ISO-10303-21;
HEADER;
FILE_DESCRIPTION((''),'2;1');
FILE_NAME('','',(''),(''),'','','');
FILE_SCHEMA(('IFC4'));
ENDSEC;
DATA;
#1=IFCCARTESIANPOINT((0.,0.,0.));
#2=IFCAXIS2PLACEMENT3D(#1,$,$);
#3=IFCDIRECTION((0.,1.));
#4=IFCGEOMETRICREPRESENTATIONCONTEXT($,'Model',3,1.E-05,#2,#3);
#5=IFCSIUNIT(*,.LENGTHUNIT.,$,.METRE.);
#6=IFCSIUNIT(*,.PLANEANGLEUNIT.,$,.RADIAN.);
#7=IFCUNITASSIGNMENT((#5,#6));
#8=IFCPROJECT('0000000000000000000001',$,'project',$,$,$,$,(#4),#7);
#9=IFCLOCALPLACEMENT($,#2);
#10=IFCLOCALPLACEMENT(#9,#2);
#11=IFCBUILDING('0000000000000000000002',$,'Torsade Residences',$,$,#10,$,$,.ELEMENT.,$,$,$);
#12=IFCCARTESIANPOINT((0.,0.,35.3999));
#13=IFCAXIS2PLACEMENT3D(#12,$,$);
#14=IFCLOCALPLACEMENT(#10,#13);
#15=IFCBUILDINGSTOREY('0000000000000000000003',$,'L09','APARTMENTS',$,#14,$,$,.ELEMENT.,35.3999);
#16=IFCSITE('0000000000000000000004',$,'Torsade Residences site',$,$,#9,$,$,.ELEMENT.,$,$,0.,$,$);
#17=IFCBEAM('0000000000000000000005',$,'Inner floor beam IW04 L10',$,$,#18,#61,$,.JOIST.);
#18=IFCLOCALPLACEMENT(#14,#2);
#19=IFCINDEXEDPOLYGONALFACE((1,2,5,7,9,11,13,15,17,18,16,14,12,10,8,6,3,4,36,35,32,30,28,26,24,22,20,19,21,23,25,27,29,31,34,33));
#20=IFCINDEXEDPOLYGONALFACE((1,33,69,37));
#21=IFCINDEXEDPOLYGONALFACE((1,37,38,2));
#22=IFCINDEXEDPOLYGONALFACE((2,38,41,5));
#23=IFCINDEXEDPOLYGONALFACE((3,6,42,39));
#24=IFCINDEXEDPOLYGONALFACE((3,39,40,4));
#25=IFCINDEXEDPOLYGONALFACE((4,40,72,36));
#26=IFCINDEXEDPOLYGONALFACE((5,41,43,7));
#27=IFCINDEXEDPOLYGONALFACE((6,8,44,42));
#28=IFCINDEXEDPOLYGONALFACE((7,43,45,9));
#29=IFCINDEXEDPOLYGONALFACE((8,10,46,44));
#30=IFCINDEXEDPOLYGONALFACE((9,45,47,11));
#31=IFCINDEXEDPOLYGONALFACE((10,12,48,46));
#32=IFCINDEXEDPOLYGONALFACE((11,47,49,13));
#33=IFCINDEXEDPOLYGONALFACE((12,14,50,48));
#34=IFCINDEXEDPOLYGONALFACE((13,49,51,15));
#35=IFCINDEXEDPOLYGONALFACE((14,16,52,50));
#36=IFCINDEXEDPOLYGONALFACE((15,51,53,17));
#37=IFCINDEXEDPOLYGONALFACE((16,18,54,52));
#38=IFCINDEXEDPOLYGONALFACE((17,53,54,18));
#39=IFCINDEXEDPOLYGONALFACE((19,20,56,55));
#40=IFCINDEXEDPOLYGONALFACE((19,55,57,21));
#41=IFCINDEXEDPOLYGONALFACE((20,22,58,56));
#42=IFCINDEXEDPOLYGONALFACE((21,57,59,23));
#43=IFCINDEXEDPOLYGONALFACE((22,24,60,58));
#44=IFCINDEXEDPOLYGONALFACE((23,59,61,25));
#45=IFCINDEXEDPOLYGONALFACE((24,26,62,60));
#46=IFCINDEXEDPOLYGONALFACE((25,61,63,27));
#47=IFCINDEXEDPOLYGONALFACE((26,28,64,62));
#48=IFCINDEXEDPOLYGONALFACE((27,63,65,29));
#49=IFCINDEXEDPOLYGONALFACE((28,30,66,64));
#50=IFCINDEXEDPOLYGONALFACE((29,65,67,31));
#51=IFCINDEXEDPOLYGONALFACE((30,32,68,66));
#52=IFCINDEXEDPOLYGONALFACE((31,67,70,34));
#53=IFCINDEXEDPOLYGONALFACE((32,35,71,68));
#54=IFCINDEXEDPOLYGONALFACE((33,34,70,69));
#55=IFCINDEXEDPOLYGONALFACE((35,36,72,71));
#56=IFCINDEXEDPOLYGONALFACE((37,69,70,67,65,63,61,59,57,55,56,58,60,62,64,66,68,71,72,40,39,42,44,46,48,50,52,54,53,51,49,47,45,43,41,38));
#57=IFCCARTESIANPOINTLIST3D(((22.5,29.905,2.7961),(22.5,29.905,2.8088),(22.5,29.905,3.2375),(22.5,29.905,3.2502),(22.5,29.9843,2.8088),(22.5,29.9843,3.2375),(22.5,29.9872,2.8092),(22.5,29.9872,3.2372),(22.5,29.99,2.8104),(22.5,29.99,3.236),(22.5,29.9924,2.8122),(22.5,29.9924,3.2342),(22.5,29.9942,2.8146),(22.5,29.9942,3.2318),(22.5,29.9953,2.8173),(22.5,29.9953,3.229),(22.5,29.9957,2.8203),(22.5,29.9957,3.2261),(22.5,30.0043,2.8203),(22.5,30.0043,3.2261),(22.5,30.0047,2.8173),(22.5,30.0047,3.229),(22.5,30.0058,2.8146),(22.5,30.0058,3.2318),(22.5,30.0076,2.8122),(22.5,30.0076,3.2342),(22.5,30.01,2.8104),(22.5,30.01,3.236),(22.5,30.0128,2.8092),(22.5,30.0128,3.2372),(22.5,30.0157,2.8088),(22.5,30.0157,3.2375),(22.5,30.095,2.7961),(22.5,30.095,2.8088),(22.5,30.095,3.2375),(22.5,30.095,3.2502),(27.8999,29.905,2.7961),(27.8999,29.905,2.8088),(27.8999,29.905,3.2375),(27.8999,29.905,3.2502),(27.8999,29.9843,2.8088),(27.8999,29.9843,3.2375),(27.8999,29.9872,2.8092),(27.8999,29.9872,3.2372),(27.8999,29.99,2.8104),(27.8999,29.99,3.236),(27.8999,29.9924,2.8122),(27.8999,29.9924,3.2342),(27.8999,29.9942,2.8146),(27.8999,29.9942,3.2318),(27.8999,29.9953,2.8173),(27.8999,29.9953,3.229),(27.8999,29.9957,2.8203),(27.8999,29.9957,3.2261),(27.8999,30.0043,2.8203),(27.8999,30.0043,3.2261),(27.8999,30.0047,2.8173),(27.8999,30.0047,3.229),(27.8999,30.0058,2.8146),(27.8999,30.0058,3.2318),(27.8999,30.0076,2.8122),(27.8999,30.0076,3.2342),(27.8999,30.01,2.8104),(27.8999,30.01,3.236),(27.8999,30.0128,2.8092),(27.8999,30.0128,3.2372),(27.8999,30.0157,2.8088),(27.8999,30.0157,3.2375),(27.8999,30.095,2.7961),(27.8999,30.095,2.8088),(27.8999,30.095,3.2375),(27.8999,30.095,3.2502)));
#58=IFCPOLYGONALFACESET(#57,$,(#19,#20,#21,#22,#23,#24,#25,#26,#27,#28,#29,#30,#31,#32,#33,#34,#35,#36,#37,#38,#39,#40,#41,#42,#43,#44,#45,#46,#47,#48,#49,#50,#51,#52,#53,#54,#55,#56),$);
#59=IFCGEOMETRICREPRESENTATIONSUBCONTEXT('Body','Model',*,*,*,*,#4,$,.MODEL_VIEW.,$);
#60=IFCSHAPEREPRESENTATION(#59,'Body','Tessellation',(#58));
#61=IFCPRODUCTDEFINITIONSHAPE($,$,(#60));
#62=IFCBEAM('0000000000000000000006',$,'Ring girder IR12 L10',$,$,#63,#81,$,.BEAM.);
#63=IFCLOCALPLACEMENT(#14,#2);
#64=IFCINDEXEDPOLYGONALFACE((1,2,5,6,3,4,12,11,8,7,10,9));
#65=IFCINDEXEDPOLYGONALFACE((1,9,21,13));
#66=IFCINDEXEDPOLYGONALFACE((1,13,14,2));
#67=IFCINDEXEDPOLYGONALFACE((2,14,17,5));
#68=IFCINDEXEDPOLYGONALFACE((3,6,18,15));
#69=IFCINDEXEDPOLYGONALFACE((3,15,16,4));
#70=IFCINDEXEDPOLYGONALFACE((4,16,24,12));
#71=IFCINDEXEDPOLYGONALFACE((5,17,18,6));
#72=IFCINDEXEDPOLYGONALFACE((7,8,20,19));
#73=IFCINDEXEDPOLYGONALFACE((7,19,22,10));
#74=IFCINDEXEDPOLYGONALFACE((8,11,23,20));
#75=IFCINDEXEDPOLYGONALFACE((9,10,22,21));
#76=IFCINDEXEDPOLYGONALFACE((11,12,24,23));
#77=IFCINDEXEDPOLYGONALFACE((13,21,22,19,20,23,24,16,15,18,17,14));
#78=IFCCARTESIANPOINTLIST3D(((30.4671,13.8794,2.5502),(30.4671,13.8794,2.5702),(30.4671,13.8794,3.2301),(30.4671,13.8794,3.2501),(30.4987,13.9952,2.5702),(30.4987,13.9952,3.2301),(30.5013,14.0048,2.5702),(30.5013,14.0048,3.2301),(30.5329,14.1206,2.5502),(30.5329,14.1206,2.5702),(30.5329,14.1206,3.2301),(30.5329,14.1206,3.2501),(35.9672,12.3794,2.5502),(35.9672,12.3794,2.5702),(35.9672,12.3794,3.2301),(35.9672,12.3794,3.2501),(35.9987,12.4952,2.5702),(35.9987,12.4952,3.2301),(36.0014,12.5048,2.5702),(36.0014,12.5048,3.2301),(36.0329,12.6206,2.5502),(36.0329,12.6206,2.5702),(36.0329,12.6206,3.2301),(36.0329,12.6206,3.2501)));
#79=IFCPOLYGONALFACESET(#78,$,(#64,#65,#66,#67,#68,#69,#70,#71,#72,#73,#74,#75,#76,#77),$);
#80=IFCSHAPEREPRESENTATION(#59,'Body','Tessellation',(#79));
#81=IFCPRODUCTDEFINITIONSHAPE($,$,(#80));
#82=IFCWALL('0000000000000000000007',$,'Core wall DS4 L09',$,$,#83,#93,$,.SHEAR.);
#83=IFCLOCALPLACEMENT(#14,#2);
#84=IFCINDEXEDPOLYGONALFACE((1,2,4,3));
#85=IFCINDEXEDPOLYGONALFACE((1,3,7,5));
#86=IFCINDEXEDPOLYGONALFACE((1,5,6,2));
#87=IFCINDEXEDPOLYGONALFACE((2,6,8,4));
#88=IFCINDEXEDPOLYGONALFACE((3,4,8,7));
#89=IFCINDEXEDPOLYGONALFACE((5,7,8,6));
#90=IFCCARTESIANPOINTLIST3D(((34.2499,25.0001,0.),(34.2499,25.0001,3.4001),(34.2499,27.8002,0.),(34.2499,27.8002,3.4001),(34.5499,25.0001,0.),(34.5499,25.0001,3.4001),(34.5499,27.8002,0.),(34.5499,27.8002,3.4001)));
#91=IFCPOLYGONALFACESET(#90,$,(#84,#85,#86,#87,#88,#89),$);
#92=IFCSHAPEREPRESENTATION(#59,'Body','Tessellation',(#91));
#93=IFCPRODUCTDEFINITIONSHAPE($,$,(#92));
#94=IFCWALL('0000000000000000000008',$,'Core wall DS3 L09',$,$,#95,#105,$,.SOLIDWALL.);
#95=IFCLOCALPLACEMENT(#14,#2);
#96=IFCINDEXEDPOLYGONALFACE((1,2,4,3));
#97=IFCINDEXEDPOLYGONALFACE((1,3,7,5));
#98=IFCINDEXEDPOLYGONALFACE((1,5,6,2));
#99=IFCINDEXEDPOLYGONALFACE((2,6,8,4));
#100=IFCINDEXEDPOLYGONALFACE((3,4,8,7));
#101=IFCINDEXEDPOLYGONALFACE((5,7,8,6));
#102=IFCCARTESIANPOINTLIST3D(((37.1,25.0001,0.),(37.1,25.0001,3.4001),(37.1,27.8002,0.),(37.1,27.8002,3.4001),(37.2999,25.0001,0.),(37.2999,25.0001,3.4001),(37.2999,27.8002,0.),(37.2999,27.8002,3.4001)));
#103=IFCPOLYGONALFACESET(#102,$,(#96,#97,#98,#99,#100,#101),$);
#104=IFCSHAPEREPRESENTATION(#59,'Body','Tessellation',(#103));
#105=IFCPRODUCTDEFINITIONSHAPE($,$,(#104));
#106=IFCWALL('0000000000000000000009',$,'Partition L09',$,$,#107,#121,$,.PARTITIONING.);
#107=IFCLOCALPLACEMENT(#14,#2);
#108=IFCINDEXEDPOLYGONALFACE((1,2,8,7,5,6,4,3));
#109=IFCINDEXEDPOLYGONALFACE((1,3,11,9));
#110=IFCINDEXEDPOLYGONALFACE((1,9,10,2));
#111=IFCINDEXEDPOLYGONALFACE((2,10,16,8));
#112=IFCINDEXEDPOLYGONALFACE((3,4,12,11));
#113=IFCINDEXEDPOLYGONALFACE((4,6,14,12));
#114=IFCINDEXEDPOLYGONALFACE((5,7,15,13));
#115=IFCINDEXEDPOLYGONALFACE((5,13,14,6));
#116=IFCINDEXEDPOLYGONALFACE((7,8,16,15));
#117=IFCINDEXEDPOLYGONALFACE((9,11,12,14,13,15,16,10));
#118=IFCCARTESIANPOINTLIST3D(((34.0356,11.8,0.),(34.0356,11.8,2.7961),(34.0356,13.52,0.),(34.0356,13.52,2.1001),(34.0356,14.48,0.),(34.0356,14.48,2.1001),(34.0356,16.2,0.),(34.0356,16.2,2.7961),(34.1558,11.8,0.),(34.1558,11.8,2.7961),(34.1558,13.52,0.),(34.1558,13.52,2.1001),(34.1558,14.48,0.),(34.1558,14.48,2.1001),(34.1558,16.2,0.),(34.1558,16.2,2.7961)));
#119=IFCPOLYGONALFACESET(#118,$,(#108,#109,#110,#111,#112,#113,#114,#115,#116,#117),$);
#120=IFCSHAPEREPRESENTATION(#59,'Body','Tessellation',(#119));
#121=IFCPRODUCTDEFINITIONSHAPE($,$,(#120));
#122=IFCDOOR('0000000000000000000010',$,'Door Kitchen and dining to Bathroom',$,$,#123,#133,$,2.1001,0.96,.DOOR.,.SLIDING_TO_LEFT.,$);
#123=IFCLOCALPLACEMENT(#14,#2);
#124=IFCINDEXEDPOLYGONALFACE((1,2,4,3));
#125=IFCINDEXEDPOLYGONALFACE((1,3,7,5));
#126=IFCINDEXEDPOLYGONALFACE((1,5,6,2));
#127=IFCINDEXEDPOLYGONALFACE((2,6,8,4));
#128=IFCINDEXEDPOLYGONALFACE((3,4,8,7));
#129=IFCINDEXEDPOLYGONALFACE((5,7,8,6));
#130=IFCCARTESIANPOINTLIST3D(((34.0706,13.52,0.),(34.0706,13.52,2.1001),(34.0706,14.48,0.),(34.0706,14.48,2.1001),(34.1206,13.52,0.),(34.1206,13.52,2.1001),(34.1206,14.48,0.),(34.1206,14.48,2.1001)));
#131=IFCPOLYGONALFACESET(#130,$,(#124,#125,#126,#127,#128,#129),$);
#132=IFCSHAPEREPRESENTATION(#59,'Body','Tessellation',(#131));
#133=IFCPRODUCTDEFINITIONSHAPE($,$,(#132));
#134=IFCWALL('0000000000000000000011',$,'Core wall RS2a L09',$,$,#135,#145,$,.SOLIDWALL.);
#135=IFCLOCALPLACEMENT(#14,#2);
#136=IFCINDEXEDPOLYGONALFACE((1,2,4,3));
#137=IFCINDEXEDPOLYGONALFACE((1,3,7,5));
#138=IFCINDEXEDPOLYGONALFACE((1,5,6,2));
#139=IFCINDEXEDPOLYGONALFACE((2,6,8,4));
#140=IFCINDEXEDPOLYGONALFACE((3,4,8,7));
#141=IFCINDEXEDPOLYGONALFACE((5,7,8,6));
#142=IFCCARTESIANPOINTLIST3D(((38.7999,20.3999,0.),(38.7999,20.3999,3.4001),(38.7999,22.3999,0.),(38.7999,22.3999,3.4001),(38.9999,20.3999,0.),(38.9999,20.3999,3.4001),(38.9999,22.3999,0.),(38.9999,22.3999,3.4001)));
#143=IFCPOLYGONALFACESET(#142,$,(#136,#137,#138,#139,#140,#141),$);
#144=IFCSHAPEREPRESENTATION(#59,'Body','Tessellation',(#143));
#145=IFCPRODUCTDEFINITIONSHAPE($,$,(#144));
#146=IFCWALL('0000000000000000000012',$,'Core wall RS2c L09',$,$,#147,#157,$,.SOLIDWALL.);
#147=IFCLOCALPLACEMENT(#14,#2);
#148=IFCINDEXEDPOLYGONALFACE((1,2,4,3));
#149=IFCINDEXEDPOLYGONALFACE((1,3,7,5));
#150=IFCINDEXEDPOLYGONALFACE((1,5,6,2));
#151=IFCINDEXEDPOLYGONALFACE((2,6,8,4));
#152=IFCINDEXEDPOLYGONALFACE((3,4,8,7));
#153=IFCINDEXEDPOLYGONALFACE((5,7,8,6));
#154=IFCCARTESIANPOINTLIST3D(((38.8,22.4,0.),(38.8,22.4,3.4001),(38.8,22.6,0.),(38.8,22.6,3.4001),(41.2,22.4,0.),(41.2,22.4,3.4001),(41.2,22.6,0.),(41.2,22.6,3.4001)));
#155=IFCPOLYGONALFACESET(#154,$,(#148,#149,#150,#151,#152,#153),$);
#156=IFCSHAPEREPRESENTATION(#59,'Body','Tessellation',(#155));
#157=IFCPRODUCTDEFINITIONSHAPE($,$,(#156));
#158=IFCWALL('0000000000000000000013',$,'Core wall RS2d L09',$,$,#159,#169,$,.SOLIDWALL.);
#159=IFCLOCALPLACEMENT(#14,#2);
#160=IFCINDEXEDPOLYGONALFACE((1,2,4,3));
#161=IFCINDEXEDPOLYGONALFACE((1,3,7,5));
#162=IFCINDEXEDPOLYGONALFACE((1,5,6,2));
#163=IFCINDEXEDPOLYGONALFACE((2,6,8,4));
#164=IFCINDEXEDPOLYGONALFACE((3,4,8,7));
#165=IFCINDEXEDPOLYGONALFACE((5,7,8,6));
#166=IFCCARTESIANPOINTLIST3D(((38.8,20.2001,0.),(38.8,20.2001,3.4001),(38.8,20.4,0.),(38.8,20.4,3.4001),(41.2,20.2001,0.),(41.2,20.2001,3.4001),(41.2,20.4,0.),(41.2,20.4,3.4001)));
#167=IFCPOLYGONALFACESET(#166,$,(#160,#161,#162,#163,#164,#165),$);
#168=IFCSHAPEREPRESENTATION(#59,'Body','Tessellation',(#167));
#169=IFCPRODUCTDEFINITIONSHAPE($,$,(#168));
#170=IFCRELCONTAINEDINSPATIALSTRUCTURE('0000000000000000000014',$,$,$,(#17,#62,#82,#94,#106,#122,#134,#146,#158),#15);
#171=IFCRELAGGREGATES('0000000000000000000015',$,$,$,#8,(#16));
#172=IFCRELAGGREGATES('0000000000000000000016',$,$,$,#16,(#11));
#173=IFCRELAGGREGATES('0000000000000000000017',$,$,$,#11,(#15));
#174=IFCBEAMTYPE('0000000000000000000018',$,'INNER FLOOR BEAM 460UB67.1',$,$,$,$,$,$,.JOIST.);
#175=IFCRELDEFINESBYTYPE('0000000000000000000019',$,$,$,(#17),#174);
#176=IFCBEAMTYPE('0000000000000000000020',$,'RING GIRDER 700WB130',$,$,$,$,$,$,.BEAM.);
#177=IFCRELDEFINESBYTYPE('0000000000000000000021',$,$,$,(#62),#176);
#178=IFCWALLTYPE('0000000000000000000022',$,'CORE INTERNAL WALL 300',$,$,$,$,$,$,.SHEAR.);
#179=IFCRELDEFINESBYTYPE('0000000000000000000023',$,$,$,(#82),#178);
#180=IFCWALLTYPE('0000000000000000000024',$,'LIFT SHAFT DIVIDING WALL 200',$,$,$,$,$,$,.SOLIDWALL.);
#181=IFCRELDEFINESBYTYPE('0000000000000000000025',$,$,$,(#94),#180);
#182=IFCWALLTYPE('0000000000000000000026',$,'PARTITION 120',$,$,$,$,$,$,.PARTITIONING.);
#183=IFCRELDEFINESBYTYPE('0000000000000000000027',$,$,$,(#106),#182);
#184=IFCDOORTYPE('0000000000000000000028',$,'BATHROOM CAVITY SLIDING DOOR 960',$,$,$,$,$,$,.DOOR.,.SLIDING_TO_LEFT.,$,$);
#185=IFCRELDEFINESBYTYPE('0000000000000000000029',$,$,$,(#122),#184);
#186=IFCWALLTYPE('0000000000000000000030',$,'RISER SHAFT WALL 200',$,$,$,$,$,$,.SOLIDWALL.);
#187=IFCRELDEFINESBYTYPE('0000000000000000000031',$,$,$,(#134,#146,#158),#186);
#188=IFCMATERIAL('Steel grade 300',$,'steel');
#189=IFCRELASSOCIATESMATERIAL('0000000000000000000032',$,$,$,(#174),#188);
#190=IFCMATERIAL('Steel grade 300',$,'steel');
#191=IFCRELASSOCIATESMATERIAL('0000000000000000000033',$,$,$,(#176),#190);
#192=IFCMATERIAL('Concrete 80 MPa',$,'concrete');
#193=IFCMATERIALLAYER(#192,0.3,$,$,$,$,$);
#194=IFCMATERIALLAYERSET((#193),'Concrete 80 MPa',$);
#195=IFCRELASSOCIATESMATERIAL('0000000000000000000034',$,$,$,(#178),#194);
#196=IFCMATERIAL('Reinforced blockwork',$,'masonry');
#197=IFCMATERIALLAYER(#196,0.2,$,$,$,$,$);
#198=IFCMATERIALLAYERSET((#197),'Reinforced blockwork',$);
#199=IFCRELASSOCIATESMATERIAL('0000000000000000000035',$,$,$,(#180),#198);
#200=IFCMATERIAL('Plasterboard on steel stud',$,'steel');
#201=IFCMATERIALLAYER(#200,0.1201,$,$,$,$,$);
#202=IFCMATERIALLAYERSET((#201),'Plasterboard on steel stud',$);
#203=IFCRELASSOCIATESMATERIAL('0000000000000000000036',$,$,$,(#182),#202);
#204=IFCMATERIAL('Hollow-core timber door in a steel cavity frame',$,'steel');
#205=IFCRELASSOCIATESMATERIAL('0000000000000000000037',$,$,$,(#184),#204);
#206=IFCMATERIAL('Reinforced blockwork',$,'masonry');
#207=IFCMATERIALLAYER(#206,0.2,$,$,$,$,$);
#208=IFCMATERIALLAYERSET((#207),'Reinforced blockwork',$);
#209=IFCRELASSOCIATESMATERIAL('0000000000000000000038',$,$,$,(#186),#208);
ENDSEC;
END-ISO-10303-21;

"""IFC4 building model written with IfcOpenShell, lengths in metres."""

from ifc_helpers import new_model, si_unit, direction, frame, frame_2d, origin, origin_2d, place, context, subcontext, project, spatial, rectangle, i_section, extrude, material, layer, layer_set, material_profile, profile_set, type_object, element, fill, save


model = new_model("IFC4")

# Units and contexts
model_context = context("Model", 3, precision=1e-05, world=origin(), true_north=direction((0.0, 1.0)))
body_context = subcontext(model_context, "Body", "Model", "MODEL_VIEW")
ifc_project = project(units=[si_unit("LENGTHUNIT", "METRE"), si_unit("PLANEANGLEUNIT", "RADIAN")], contexts=[model_context])

# Site, building, storey
site_placement = place(None, origin())
site = spatial("IfcSite", under=ifc_project, at=site_placement, Name="Torsade Residences site", CompositionType="ELEMENT", RefElevation=0.0)
building_placement = place(site_placement, origin())
building = spatial("IfcBuilding", under=site, at=building_placement, Name="Torsade Residences", CompositionType="ELEMENT")
storey_placement = place(building_placement, frame((0.0, 0.0, 35.3999)))
storey = spatial("IfcBuildingStorey", under=building, at=storey_placement, Name="L09", Description="APARTMENTS", CompositionType="ELEMENT", Elevation=35.3999)

# Beams
ifc_material_1 = material(Name="Steel grade 300", Category="steel")
ifc_material_profile_1 = material_profile(ifc_material_1, i_section(OverallWidth=0.1899, OverallDepth=0.4541, WebThickness=0.0085, FlangeThickness=0.0127, FilletRadius=0.0115, at=origin_2d()), Name="460UB67.1")
ifc_profile_set_1 = profile_set([ifc_material_profile_1], Name="Steel grade 300")
beam_type_1 = type_object("IfcBeamType", Name="INNER FLOOR BEAM 460UB67.1", PredefinedType="JOIST", material=ifc_profile_set_1)
beam_1_placement = place(storey_placement, frame((27.8999, 30.0, 3.0232), z_axis=(-1.0, 0.0, 0.0), x_axis=(0.0, -1.0, 0.0)))
element("IfcBeam", 1, at=beam_1_placement, inside=storey, type_object=beam_type_1, Name="Inner floor beam IW04 L10", PredefinedType="JOIST", context=body_context, shape_type="SweptSolid", body=[
    extrude(i_section(OverallWidth=0.1899, OverallDepth=0.4541, WebThickness=0.0085, FlangeThickness=0.0127, FilletRadius=0.0115, at=origin_2d()), origin(), (0.0, 0.0, 1.0), 5.3999),
])
ifc_material_2 = material(Name="Steel grade 300", Category="steel")
ifc_material_profile_2 = material_profile(ifc_material_2, i_section(OverallWidth=0.25, OverallDepth=0.7, WebThickness=0.01, FlangeThickness=0.02, at=origin_2d()), Name="700WB130")
ifc_profile_set_2 = profile_set([ifc_material_profile_2], Name="Steel grade 300")
beam_type_2 = type_object("IfcBeamType", Name="RING GIRDER 700WB130", PredefinedType="BEAM", material=ifc_profile_set_2)
beam_2_placement = place(storey_placement, frame((30.5, 14.0, 2.9001), z_axis=(0.964764, -0.263117, 0.0), x_axis=(0.263117, 0.964764, 0.0)))
element("IfcBeam", 2, at=beam_2_placement, inside=storey, type_object=beam_type_2, Name="Ring girder IR12 L10", PredefinedType="BEAM", context=body_context, shape_type="SweptSolid", body=[
    extrude(i_section(OverallWidth=0.25, OverallDepth=0.7, WebThickness=0.01, FlangeThickness=0.02, at=origin_2d()), origin(), (0.0, 0.0, 1.0), 5.7009),
])

# Walls
ifc_material_3 = material(Name="Concrete 80 MPa", Category="concrete")
ifc_layer_1 = layer(ifc_material_3, 0.3)
ifc_layer_set_1 = layer_set([ifc_layer_1], Name="Concrete 80 MPa")
wall_type_1 = type_object("IfcWallType", Name="CORE INTERNAL WALL 300", PredefinedType="SHEAR", material=ifc_layer_set_1)
wall_1_placement = place(storey_placement, frame((34.3999, 27.8, 0.0), z_axis=(0.0, 0.0, 1.0), x_axis=(0.0, -1.0, 0.0)))
element("IfcWall", 3, at=wall_1_placement, inside=storey, type_object=wall_type_1, Name="Core wall DS4 L09", PredefinedType="SHEAR", context=body_context, shape_type="SweptSolid", body=[
    extrude(rectangle(XDim=2.8, YDim=0.3, at=frame_2d((1.3999, 0.0))), origin(), (0.0, 0.0, 1.0), 3.4001),
])
ifc_material_4 = material(Name="Reinforced blockwork", Category="masonry")
ifc_layer_2 = layer(ifc_material_4, 0.2)
ifc_layer_set_2 = layer_set([ifc_layer_2], Name="Reinforced blockwork")
wall_type_2 = type_object("IfcWallType", Name="LIFT SHAFT DIVIDING WALL 200", PredefinedType="SOLIDWALL", material=ifc_layer_set_2)
wall_2_placement = place(storey_placement, frame((37.2, 27.8, 0.0), z_axis=(0.0, 0.0, 1.0), x_axis=(0.0, -1.0, 0.0)))
element("IfcWall", 4, at=wall_2_placement, inside=storey, type_object=wall_type_2, Name="Core wall DS3 L09", PredefinedType="SOLIDWALL", context=body_context, shape_type="SweptSolid", body=[
    extrude(rectangle(XDim=2.8, YDim=0.2, at=frame_2d((1.3999, 0.0))), origin(), (0.0, 0.0, 1.0), 3.4001),
])

# Wall, opening, door
ifc_material_5 = material(Name="Plasterboard on steel stud", Category="steel")
ifc_layer_3 = layer(ifc_material_5, 0.1201)
ifc_layer_set_3 = layer_set([ifc_layer_3], Name="Plasterboard on steel stud")
wall_type_3 = type_object("IfcWallType", Name="PARTITION 120", PredefinedType="PARTITIONING", material=ifc_layer_set_3)
wall_3_placement = place(storey_placement, frame((34.0957, 16.2, 0.0), z_axis=(0.0, 0.0, 1.0), x_axis=(0.0, -1.0, 0.0)))
wall_3 = element("IfcWall", 5, at=wall_3_placement, inside=storey, type_object=wall_type_3, Name="Partition L09", PredefinedType="PARTITIONING", context=body_context, shape_type="SweptSolid", body=[
    extrude(rectangle(XDim=4.3999, YDim=0.1201, at=frame_2d((2.2, 0.0))), origin(), (0.0, 0.0, 1.0), 2.7961),
])
opening_1_placement = place(wall_3_placement, frame((1.72, 0.0, 0.0)))
opening_1 = element("IfcOpeningElement", 6, at=opening_1_placement, cuts=wall_3, PredefinedType="OPENING", context=body_context, shape_type="SweptSolid", body=[
    extrude(rectangle(XDim=0.96, YDim=2.1001, at=frame_2d((0.48, 1.05))), frame((0.0, 0.0701, 0.0), z_axis=(0.0, -1.0, 0.0), x_axis=(1.0, 0.0, 0.0)), (0.0, 0.0, 1.0), 0.1401),
])
ifc_material_6 = material(Name="Hollow-core timber door in a steel cavity frame", Category="steel")
door_type_1 = type_object("IfcDoorType", Name="BATHROOM CAVITY SLIDING DOOR 960", OperationType="SLIDING_TO_LEFT", PredefinedType="DOOR", material=ifc_material_6)
door_1_placement = place(opening_1_placement, origin())
door_1 = element("IfcDoor", 7, at=door_1_placement, inside=storey, type_object=door_type_1, Name="Door Kitchen and dining to Bathroom", OperationType="SLIDING_TO_LEFT", OverallHeight=2.1001, OverallWidth=0.96, PredefinedType="DOOR", context=body_context, shape_type="SweptSolid", body=[
    extrude(rectangle(XDim=0.96, YDim=2.1001, at=frame_2d((0.48, 1.05))), frame((0.0, 0.0249, 0.0), z_axis=(0.0, -1.0, 0.0), x_axis=(1.0, 0.0, 0.0)), (0.0, 0.0, 1.0), 0.05),
])
fill(opening_1, door_1)

# Walls
ifc_material_7 = material(Name="Reinforced blockwork", Category="masonry")
ifc_layer_4 = layer(ifc_material_7, 0.2)
ifc_layer_set_4 = layer_set([ifc_layer_4], Name="Reinforced blockwork")
wall_type_4 = type_object("IfcWallType", Name="RISER SHAFT WALL 200", PredefinedType="SOLIDWALL", material=ifc_layer_set_4)
wall_4_placement = place(storey_placement, frame((38.8999, 22.3999, 0.0), z_axis=(0.0, 0.0, 1.0), x_axis=(0.0, -1.0, 0.0)))
element("IfcWall", 8, at=wall_4_placement, inside=storey, type_object=wall_type_4, Name="Core wall RS2a L09", PredefinedType="SOLIDWALL", context=body_context, shape_type="SweptSolid", body=[
    extrude(rectangle(XDim=2.0, YDim=0.2, at=frame_2d((1.0, 0.0))), origin(), (0.0, 0.0, 1.0), 3.4001),
])
for number, where, z_axis, x_axis, name in (
    (9, (38.8, 22.5, 0.0), (0.0, 0.0, 1.0), (1.0, 0.0, 0.0), "Core wall RS2c L09"),
    (10, (38.8, 20.3, 0.0), (0.0, 0.0, 1.0), (1.0, 0.0, 0.0), "Core wall RS2d L09"),
):
    element("IfcWall", number, at=place(storey_placement, frame(where, z_axis=z_axis, x_axis=x_axis)), inside=storey, type_object=wall_type_4, Name=name, PredefinedType="SOLIDWALL", context=body_context, shape_type="SweptSolid", body=[
        extrude(rectangle(XDim=2.3999, YDim=0.2, at=frame_2d((1.2, 0.0))), origin(), (0.0, 0.0, 1.0), 3.4001),
    ])

save(model, "model.ifc")
